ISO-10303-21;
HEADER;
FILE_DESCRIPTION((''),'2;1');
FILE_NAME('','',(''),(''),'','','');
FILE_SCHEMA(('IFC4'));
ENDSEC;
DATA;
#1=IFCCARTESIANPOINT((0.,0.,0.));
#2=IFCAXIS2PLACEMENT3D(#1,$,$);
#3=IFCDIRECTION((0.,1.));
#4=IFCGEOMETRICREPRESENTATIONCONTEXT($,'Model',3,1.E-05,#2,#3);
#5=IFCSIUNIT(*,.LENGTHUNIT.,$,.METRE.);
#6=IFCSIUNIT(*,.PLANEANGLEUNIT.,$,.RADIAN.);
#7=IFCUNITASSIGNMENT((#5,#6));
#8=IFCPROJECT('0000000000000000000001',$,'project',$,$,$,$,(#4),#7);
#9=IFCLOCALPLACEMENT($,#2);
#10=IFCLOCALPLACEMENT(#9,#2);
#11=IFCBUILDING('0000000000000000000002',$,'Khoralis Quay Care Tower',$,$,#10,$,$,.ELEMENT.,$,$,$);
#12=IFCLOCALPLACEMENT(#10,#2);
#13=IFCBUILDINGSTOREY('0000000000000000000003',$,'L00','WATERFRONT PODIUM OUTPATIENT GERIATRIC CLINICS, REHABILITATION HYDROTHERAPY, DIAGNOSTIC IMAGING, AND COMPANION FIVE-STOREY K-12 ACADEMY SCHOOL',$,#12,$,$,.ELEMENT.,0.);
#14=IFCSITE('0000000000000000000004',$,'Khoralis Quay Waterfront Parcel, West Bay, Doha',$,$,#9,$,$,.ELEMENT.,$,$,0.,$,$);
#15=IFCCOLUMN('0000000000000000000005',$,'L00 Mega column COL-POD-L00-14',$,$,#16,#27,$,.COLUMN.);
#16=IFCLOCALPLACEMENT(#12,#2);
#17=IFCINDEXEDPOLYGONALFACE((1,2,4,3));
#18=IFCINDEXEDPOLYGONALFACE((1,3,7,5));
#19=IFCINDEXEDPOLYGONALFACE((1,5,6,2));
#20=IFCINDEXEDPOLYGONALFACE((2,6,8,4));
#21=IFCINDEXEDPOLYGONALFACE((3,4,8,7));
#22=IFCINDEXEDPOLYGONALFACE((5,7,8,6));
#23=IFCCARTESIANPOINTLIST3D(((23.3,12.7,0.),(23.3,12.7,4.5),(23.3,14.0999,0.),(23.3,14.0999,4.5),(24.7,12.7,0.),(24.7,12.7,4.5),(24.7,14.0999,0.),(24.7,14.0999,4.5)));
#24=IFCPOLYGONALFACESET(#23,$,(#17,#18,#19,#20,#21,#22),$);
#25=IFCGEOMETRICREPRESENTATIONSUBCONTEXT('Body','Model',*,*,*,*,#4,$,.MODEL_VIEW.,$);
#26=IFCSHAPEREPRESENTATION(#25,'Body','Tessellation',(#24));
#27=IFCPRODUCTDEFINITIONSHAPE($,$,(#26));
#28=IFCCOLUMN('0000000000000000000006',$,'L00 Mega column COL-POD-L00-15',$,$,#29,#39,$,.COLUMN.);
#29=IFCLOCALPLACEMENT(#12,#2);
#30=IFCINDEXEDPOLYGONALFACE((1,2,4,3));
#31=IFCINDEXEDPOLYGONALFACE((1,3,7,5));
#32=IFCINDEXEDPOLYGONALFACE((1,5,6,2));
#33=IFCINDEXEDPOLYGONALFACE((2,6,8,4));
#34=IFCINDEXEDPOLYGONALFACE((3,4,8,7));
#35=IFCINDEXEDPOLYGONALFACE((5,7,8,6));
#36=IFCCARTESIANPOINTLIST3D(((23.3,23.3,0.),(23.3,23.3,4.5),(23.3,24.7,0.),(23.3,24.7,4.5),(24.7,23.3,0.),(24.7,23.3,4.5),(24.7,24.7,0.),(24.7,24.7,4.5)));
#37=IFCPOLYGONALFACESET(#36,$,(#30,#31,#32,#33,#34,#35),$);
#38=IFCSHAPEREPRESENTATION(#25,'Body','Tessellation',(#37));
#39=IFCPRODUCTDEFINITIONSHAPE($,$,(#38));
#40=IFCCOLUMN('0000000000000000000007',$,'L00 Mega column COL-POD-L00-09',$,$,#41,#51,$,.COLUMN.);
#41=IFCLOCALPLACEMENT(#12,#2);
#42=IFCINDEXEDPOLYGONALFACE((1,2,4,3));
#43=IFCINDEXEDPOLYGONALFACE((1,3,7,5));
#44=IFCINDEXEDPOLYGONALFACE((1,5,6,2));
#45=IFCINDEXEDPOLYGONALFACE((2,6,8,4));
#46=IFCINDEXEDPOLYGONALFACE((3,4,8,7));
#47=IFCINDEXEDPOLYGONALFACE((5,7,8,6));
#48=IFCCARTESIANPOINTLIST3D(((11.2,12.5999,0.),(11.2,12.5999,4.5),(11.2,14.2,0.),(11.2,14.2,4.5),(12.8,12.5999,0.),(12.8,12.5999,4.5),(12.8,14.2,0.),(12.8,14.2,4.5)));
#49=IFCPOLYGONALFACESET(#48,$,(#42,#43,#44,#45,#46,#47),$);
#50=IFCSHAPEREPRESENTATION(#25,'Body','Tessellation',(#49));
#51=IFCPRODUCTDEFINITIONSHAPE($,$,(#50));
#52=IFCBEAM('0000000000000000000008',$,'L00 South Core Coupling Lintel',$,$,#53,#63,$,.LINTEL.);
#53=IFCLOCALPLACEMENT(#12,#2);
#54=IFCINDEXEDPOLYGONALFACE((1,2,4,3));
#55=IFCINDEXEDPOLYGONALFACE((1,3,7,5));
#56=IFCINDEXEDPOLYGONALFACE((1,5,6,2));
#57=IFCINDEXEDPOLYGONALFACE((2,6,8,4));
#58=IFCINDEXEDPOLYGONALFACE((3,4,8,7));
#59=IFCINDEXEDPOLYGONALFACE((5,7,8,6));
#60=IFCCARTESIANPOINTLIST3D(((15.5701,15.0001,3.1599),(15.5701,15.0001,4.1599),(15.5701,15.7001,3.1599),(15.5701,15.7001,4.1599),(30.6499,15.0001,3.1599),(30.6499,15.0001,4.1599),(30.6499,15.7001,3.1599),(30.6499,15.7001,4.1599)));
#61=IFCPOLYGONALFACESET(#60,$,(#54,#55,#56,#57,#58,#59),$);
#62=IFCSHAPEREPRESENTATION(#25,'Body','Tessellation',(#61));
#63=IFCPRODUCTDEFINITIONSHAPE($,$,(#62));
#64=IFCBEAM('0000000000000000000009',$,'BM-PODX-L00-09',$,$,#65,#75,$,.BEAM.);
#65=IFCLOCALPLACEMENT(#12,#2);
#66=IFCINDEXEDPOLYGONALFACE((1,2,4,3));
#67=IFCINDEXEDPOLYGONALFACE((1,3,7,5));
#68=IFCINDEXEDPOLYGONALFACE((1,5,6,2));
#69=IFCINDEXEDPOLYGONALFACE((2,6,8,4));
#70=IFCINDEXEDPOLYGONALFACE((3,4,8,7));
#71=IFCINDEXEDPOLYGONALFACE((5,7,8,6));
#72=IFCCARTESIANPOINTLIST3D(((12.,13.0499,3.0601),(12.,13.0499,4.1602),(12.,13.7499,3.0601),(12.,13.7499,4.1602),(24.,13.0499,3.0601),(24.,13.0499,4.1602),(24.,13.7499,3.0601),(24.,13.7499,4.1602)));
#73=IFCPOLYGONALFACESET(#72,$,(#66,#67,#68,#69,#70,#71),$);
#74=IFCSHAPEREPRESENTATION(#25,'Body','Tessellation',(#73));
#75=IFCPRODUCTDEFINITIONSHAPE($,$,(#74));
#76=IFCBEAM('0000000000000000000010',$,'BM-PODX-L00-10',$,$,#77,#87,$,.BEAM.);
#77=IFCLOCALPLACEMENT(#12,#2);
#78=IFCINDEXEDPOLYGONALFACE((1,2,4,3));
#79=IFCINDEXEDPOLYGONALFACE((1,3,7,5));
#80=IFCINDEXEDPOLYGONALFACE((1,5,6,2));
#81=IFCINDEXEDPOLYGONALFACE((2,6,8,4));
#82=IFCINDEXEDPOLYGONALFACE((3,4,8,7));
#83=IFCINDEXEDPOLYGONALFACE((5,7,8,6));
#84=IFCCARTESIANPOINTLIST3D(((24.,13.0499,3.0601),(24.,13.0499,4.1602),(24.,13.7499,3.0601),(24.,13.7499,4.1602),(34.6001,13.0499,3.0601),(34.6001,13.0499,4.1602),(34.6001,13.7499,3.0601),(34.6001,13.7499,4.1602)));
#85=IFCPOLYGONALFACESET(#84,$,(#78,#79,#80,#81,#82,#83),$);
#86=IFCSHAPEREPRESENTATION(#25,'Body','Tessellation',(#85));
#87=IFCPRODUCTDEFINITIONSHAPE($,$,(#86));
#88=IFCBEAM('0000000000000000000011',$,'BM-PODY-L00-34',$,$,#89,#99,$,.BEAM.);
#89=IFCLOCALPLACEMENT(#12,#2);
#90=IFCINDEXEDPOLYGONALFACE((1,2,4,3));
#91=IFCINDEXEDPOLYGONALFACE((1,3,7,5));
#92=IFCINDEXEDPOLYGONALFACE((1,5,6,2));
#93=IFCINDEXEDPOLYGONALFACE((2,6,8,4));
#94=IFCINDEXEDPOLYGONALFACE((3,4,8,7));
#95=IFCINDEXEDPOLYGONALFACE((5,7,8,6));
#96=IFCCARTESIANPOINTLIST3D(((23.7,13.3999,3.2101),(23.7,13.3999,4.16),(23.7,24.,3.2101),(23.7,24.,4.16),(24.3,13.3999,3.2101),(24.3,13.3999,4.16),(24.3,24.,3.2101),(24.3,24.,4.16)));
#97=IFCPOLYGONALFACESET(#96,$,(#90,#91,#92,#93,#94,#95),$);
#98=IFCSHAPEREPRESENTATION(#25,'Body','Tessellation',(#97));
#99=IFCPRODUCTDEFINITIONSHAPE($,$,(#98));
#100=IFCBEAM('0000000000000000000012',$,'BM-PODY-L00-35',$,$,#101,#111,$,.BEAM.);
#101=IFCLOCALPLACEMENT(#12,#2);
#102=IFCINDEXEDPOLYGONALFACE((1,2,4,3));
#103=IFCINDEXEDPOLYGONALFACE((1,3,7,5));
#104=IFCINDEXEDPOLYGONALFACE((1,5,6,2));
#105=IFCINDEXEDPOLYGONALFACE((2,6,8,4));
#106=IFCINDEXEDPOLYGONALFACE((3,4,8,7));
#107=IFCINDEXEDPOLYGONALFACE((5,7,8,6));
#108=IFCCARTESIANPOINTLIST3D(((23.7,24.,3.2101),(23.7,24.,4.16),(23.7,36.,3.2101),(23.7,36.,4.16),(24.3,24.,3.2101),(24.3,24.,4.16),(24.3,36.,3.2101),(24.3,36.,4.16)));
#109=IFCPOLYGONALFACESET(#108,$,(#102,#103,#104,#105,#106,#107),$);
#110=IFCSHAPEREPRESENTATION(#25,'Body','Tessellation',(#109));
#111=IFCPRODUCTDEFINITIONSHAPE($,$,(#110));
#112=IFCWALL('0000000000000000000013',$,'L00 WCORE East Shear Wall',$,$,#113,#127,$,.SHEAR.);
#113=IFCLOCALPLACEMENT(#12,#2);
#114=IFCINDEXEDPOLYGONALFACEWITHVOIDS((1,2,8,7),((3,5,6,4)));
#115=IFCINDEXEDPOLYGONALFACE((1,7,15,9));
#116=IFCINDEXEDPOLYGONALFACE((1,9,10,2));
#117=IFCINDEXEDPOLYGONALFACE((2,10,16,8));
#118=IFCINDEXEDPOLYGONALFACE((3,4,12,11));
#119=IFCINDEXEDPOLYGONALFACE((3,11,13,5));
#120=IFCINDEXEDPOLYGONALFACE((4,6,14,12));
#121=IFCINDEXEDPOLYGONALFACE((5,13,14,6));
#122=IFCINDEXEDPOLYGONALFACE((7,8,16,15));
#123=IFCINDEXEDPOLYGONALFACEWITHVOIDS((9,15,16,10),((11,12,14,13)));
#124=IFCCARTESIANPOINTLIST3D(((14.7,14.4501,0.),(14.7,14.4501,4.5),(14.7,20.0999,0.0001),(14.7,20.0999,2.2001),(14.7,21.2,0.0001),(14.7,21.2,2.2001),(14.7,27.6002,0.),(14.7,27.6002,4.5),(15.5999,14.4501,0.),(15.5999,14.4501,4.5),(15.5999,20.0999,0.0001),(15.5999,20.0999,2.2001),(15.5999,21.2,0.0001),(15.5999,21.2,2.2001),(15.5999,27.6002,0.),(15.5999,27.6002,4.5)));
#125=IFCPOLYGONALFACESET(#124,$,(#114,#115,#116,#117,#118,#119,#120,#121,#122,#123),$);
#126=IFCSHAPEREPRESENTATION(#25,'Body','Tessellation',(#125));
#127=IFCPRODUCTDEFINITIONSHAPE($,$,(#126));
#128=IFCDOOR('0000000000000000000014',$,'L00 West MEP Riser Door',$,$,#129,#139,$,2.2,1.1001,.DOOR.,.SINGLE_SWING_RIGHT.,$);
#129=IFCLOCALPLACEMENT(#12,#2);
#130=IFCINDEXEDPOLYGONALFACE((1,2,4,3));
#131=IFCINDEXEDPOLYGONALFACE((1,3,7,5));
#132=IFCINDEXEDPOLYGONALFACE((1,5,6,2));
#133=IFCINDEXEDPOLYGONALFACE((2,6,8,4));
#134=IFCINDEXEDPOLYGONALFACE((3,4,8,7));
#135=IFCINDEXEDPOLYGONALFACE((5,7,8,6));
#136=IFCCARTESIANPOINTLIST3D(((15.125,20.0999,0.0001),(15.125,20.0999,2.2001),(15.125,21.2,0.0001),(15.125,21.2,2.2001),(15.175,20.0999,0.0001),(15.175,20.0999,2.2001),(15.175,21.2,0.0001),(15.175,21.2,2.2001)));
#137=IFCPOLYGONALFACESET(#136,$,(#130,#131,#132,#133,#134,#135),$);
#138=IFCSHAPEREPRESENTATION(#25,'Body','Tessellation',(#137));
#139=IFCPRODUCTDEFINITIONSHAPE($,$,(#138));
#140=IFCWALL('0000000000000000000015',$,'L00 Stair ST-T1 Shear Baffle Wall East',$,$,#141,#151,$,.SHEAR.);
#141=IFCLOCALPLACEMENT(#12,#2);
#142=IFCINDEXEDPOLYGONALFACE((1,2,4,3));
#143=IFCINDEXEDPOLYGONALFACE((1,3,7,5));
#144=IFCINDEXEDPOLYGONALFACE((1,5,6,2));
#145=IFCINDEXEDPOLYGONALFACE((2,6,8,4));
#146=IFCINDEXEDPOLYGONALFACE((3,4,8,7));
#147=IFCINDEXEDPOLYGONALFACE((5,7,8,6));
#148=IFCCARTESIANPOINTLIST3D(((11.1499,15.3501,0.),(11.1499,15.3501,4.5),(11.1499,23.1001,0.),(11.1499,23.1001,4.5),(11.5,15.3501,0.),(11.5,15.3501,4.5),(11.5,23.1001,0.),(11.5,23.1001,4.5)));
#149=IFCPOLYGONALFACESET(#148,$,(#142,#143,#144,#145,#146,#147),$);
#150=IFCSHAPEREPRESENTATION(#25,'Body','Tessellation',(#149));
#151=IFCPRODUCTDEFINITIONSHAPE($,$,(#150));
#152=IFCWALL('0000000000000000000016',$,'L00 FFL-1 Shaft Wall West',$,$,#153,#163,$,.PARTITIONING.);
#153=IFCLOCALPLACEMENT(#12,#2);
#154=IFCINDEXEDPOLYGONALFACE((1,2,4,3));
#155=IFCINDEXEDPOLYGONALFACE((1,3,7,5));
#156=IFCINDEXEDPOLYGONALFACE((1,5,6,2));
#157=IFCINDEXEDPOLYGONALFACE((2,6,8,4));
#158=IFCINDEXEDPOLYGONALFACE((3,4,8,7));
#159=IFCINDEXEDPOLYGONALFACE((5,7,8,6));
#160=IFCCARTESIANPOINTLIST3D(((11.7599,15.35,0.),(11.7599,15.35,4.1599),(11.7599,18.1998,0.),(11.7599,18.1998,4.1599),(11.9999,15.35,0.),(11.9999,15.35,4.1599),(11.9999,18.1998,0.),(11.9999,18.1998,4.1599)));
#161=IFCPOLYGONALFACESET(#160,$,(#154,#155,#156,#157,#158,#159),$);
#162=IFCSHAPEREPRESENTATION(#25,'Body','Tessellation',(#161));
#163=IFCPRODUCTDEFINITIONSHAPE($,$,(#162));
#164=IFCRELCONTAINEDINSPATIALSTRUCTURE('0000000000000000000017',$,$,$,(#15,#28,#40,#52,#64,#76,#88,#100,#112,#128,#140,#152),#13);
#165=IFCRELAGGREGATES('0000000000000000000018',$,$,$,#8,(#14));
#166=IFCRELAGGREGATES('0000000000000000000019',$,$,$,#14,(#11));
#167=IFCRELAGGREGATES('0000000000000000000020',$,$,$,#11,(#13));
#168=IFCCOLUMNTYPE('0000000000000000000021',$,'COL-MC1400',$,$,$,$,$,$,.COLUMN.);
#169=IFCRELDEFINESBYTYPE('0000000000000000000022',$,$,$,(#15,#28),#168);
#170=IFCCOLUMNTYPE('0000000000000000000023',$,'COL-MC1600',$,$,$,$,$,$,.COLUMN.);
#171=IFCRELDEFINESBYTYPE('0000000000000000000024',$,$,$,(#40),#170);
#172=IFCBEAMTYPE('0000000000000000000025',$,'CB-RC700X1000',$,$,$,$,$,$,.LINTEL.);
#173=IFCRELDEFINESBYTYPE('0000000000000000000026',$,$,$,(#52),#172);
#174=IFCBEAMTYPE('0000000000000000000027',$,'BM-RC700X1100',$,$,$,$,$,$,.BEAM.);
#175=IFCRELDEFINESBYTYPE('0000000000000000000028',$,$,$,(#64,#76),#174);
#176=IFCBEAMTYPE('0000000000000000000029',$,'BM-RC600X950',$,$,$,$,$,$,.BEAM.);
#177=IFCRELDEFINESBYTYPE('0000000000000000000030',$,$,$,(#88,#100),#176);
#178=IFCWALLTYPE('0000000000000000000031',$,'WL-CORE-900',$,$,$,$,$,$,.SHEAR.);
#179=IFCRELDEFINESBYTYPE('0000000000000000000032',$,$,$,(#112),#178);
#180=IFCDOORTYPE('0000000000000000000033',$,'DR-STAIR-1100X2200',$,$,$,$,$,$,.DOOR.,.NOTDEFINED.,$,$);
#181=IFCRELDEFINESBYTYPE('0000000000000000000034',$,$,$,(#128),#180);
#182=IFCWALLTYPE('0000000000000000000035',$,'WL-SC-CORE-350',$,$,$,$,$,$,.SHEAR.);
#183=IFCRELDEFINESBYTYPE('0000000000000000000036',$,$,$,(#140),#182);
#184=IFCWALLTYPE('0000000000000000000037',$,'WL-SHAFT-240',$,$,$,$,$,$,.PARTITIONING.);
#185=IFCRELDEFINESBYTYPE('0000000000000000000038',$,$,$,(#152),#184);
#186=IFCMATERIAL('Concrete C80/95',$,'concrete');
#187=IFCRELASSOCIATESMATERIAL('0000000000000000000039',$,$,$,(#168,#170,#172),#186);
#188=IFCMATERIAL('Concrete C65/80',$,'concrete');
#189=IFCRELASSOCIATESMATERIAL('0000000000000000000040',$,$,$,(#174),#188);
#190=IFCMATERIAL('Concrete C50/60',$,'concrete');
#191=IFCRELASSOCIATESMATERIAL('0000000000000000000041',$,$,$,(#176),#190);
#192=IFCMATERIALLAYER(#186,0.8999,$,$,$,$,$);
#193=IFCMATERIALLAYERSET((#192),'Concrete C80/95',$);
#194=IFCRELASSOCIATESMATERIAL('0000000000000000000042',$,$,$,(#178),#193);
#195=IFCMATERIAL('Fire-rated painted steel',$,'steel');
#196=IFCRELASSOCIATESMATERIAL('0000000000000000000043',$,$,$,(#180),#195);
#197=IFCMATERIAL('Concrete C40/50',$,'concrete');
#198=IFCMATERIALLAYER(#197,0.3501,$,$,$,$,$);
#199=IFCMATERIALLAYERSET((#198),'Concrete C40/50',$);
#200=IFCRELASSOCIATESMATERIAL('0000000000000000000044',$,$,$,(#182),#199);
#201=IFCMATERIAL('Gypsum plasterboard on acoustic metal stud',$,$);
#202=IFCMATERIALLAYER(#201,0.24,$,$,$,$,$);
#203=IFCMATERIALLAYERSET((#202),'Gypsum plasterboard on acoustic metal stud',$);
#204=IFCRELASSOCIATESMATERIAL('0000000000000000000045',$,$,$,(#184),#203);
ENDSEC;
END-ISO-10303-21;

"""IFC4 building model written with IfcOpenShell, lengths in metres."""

from ifc_helpers import new_model, si_unit, direction, frame, frame_2d, origin, origin_2d, place, context, subcontext, project, spatial, rectangle, extrude, source, transform, mapped, material, layer, layer_set, material_profile, profile_set, type_object, element, fill, save


model = new_model("IFC4")

# Units and contexts
model_context = context("Model", 3, precision=1e-05, world=origin(), true_north=direction((0.0, 1.0)))
body_context = subcontext(model_context, "Body", "Model", "MODEL_VIEW")
ifc_project = project(units=[si_unit("LENGTHUNIT", "METRE"), si_unit("PLANEANGLEUNIT", "RADIAN")], contexts=[model_context])

# Site, building, storey
site_placement = place(None, origin())
site = spatial("IfcSite", under=ifc_project, at=site_placement, Name="Khoralis Quay Waterfront Parcel, West Bay, Doha", CompositionType="ELEMENT", RefElevation=0.0)
building_placement = place(site_placement, origin())
building = spatial("IfcBuilding", under=site, at=building_placement, Name="Khoralis Quay Care Tower", CompositionType="ELEMENT")
storey_placement = place(building_placement, origin())
storey = spatial("IfcBuildingStorey", under=building, at=storey_placement, Name="L00", Description="WATERFRONT PODIUM OUTPATIENT GERIATRIC CLINICS, REHABILITATION HYDROTHERAPY, DIAGNOSTIC IMAGING, AND COMPANION FIVE-STOREY K-12 ACADEMY SCHOOL", CompositionType="ELEMENT", Elevation=0.0)

# Columns
ifc_material_1 = material(Name="Concrete C80/95", Category="concrete")
ifc_material_profile_1 = material_profile(ifc_material_1, rectangle(XDim=1.3999, YDim=1.3999, at=origin_2d()), Name="Concrete C80/95")
ifc_profile_set_1 = profile_set([ifc_material_profile_1], Name="Concrete C80/95")
column_type_1 = type_object("IfcColumnType", Name="COL-MC1400", PredefinedType="COLUMN", material=ifc_profile_set_1)
shared_shape_1 = source(origin(), body_context, "Body", "SweptSolid", [
    extrude(rectangle(XDim=1.3999, YDim=1.3999, at=origin_2d()), origin(), (0.0, 0.0, 1.0), 4.5),
])
for number, where, z_axis, x_axis, name in (
    (1, (24.0, 13.3999, 0.0), (0.0, 0.0, 1.0), (1.0, 0.0, 0.0), "L00 Mega column COL-POD-L00-14"),
    (2, (24.0, 24.0, 0.0), (0.0, 0.0, 1.0), (1.0, 0.0, 0.0), "L00 Mega column COL-POD-L00-15"),
):
    element("IfcColumn", number, at=place(storey_placement, frame(where, z_axis=z_axis, x_axis=x_axis)), inside=storey, type_object=column_type_1, Name=name, PredefinedType="COLUMN", context=body_context, shape_type="MappedRepresentation", body=[
        mapped(shared_shape_1, transform((0.0, 0.0, 0.0), scale=1.0)),
    ])
ifc_material_profile_2 = material_profile(ifc_material_1, rectangle(XDim=1.6001, YDim=1.6001, at=origin_2d()), Name="Concrete C80/95")
ifc_profile_set_2 = profile_set([ifc_material_profile_2], Name="Concrete C80/95")
column_type_2 = type_object("IfcColumnType", Name="COL-MC1600", PredefinedType="COLUMN", material=ifc_profile_set_2)
shared_shape_2 = source(origin(), body_context, "Body", "SweptSolid", [
    extrude(rectangle(XDim=1.6001, YDim=1.6001, at=origin_2d()), origin(), (0.0, 0.0, 1.0), 4.5),
])
column_placement = place(storey_placement, frame((12.0, 13.3999, 0.0), z_axis=(0.0, 0.0, 1.0), x_axis=(1.0, 0.0, 0.0)))
element("IfcColumn", 3, at=column_placement, inside=storey, type_object=column_type_2, Name="L00 Mega column COL-POD-L00-09", PredefinedType="COLUMN", context=body_context, shape_type="MappedRepresentation", body=[
    mapped(shared_shape_2, transform((0.0, 0.0, 0.0), scale=1.0)),
])

# Beams
ifc_material_profile_3 = material_profile(ifc_material_1, rectangle(XDim=0.7, YDim=1.0, at=origin_2d()), Name="Concrete C80/95")
ifc_profile_set_3 = profile_set([ifc_material_profile_3], Name="Concrete C80/95")
beam_type_1 = type_object("IfcBeamType", Name="CB-RC700X1000", PredefinedType="LINTEL", material=ifc_profile_set_3)
shared_shape_3 = source(origin(), body_context, "Body", "SweptSolid", [
    extrude(rectangle(XDim=0.7, YDim=1.0, at=origin_2d()), origin(), (0.0, 0.0, 1.0), 15.0798),
])
beam_1_placement = place(storey_placement, frame((15.5701, 15.3501, 3.6599), z_axis=(1.0, 0.0, 0.0), x_axis=(0.0, 1.0, 0.0)))
element("IfcBeam", 4, at=beam_1_placement, inside=storey, type_object=beam_type_1, Name="L00 South Core Coupling Lintel", PredefinedType="LINTEL", context=body_context, shape_type="MappedRepresentation", body=[
    mapped(shared_shape_3, transform((0.0, 0.0, 0.0), scale=1.0)),
])
ifc_material_2 = material(Name="Concrete C65/80", Category="concrete")
ifc_material_profile_4 = material_profile(ifc_material_2, rectangle(XDim=0.7, YDim=1.1001, at=origin_2d()), Name="Concrete C65/80")
ifc_profile_set_4 = profile_set([ifc_material_profile_4], Name="Concrete C65/80")
beam_type_2 = type_object("IfcBeamType", Name="BM-RC700X1100", PredefinedType="BEAM", material=ifc_profile_set_4)
shared_shape_4 = source(origin(), body_context, "Body", "SweptSolid", [
    extrude(rectangle(XDim=0.7, YDim=1.1001, at=origin_2d()), origin(), (0.0, 0.0, 1.0), 12.0),
])
beam_2_placement = place(storey_placement, frame((12.0, 13.3999, 3.6101), z_axis=(1.0, 0.0, 0.0), x_axis=(0.0, 1.0, 0.0)))
element("IfcBeam", 5, at=beam_2_placement, inside=storey, type_object=beam_type_2, Name="BM-PODX-L00-09", PredefinedType="BEAM", context=body_context, shape_type="MappedRepresentation", body=[
    mapped(shared_shape_4, transform((0.0, 0.0, 0.0), scale=1.0)),
])
shared_shape_5 = source(origin(), body_context, "Body", "SweptSolid", [
    extrude(rectangle(XDim=0.7, YDim=1.1001, at=origin_2d()), origin(), (0.0, 0.0, 1.0), 10.6001),
])
beam_3_placement = place(storey_placement, frame((24.0, 13.3999, 3.6101), z_axis=(1.0, 0.0, 0.0), x_axis=(0.0, 1.0, 0.0)))
element("IfcBeam", 6, at=beam_3_placement, inside=storey, type_object=beam_type_2, Name="BM-PODX-L00-10", PredefinedType="BEAM", context=body_context, shape_type="MappedRepresentation", body=[
    mapped(shared_shape_5, transform((0.0, 0.0, 0.0), scale=1.0)),
])
ifc_material_3 = material(Name="Concrete C50/60", Category="concrete")
ifc_material_profile_5 = material_profile(ifc_material_3, rectangle(XDim=0.6001, YDim=0.95, at=origin_2d()), Name="Concrete C50/60")
ifc_profile_set_5 = profile_set([ifc_material_profile_5], Name="Concrete C50/60")
beam_type_3 = type_object("IfcBeamType", Name="BM-RC600X950", PredefinedType="BEAM", material=ifc_profile_set_5)
shared_shape_6 = source(origin(), body_context, "Body", "SweptSolid", [
    extrude(rectangle(XDim=0.6001, YDim=0.95, at=origin_2d()), origin(), (0.0, 0.0, 1.0), 10.6001),
])
beam_4_placement = place(storey_placement, frame((24.0, 13.3999, 3.6851), z_axis=(0.0, 1.0, 0.0), x_axis=(-1.0, 0.0, 0.0)))
element("IfcBeam", 7, at=beam_4_placement, inside=storey, type_object=beam_type_3, Name="BM-PODY-L00-34", PredefinedType="BEAM", context=body_context, shape_type="MappedRepresentation", body=[
    mapped(shared_shape_6, transform((0.0, 0.0, 0.0), scale=1.0)),
])
shared_shape_7 = source(origin(), body_context, "Body", "SweptSolid", [
    extrude(rectangle(XDim=0.6001, YDim=0.95, at=origin_2d()), origin(), (0.0, 0.0, 1.0), 12.0),
])
beam_5_placement = place(storey_placement, frame((24.0, 24.0, 3.6851), z_axis=(0.0, 1.0, 0.0), x_axis=(-1.0, 0.0, 0.0)))
element("IfcBeam", 8, at=beam_5_placement, inside=storey, type_object=beam_type_3, Name="BM-PODY-L00-35", PredefinedType="BEAM", context=body_context, shape_type="MappedRepresentation", body=[
    mapped(shared_shape_7, transform((0.0, 0.0, 0.0), scale=1.0)),
])

# Wall, opening, door
ifc_layer_1 = layer(ifc_material_1, 0.8999)
ifc_layer_set_1 = layer_set([ifc_layer_1], Name="Concrete C80/95")
wall_type_1 = type_object("IfcWallType", Name="WL-CORE-900", PredefinedType="SHEAR", material=ifc_layer_set_1)
wall_1_placement = place(storey_placement, frame((15.1499, 14.45, 0.0), z_axis=(0.0, 0.0, 1.0), x_axis=(0.0, 1.0, 0.0)))
wall_1 = element("IfcWall", 9, at=wall_1_placement, inside=storey, type_object=wall_type_1, Name="L00 WCORE East Shear Wall", PredefinedType="SHEAR", context=body_context, shape_type="SweptSolid", body=[
    extrude(rectangle(XDim=13.1501, YDim=0.8999, at=frame_2d((6.5752, 0.0))), origin(), (0.0, 0.0, 1.0), 4.5),
])
opening_placement = place(wall_1_placement, frame((5.6499, 0.0, 0.0)))
opening = element("IfcOpeningElement", 10, at=opening_placement, cuts=wall_1, PredefinedType="OPENING", context=body_context, shape_type="SweptSolid", body=[
    extrude(rectangle(XDim=1.1001, YDim=2.2, at=frame_2d((0.55, 1.1001))), frame((0.0, 0.46, 0.0), z_axis=(0.0, -1.0, 0.0), x_axis=(1.0, 0.0, 0.0)), (0.0, 0.0, 1.0), 0.9199),
])
ifc_material_4 = material(Name="Fire-rated painted steel", Category="steel")
door_type = type_object("IfcDoorType", Name="DR-STAIR-1100X2200", OperationType="NOTDEFINED", PredefinedType="DOOR", material=ifc_material_4)
shared_shape_8 = source(origin(), body_context, "Body", "SweptSolid", [
    extrude(rectangle(XDim=1.1001, YDim=2.2, at=frame_2d((0.55, 1.1001))), frame((0.0, 0.0249, 0.0), z_axis=(0.0, -1.0, 0.0), x_axis=(1.0, 0.0, 0.0)), (0.0, 0.0, 1.0), 0.05),
])
door_placement = place(opening_placement, origin())
door = element("IfcDoor", 11, at=door_placement, inside=storey, type_object=door_type, Name="L00 West MEP Riser Door", OperationType="SINGLE_SWING_RIGHT", OverallHeight=2.2, OverallWidth=1.1001, PredefinedType="DOOR", context=body_context, shape_type="MappedRepresentation", body=[
    mapped(shared_shape_8, transform((0.0, 0.0, 0.0), scale=1.0)),
])
fill(opening, door)

# Walls
ifc_material_5 = material(Name="Concrete C40/50", Category="concrete")
ifc_layer_2 = layer(ifc_material_5, 0.3501)
ifc_layer_set_2 = layer_set([ifc_layer_2], Name="Concrete C40/50")
wall_type_2 = type_object("IfcWallType", Name="WL-SC-CORE-350", PredefinedType="SHEAR", material=ifc_layer_set_2)
wall_2_placement = place(storey_placement, frame((11.325, 15.3501, 0.0), z_axis=(0.0, 0.0, 1.0), x_axis=(0.0, 1.0, 0.0)))
element("IfcWall", 12, at=wall_2_placement, inside=storey, type_object=wall_type_2, Name="L00 Stair ST-T1 Shear Baffle Wall East", PredefinedType="SHEAR", context=body_context, shape_type="SweptSolid", body=[
    extrude(rectangle(XDim=7.75, YDim=0.3501, at=frame_2d((3.875, 0.0))), origin(), (0.0, 0.0, 1.0), 4.5),
])
ifc_material_6 = material(Name="Gypsum plasterboard on acoustic metal stud")
ifc_layer_3 = layer(ifc_material_6, 0.24)
ifc_layer_set_3 = layer_set([ifc_layer_3], Name="Gypsum plasterboard on acoustic metal stud")
wall_type_3 = type_object("IfcWallType", Name="WL-SHAFT-240", PredefinedType="PARTITIONING", material=ifc_layer_set_3)
wall_3_placement = place(storey_placement, frame((11.8799, 15.3501, 0.0), z_axis=(0.0, 0.0, 1.0), x_axis=(0.0, 1.0, 0.0)))
element("IfcWall", 13, at=wall_3_placement, inside=storey, type_object=wall_type_3, Name="L00 FFL-1 Shaft Wall West", PredefinedType="PARTITIONING", context=body_context, shape_type="SweptSolid", body=[
    extrude(rectangle(XDim=2.8499, YDim=0.24, at=frame_2d((1.4248, 0.0))), origin(), (0.0, 0.0, 1.0), 4.1599),
])

save(model, "model.ifc")
